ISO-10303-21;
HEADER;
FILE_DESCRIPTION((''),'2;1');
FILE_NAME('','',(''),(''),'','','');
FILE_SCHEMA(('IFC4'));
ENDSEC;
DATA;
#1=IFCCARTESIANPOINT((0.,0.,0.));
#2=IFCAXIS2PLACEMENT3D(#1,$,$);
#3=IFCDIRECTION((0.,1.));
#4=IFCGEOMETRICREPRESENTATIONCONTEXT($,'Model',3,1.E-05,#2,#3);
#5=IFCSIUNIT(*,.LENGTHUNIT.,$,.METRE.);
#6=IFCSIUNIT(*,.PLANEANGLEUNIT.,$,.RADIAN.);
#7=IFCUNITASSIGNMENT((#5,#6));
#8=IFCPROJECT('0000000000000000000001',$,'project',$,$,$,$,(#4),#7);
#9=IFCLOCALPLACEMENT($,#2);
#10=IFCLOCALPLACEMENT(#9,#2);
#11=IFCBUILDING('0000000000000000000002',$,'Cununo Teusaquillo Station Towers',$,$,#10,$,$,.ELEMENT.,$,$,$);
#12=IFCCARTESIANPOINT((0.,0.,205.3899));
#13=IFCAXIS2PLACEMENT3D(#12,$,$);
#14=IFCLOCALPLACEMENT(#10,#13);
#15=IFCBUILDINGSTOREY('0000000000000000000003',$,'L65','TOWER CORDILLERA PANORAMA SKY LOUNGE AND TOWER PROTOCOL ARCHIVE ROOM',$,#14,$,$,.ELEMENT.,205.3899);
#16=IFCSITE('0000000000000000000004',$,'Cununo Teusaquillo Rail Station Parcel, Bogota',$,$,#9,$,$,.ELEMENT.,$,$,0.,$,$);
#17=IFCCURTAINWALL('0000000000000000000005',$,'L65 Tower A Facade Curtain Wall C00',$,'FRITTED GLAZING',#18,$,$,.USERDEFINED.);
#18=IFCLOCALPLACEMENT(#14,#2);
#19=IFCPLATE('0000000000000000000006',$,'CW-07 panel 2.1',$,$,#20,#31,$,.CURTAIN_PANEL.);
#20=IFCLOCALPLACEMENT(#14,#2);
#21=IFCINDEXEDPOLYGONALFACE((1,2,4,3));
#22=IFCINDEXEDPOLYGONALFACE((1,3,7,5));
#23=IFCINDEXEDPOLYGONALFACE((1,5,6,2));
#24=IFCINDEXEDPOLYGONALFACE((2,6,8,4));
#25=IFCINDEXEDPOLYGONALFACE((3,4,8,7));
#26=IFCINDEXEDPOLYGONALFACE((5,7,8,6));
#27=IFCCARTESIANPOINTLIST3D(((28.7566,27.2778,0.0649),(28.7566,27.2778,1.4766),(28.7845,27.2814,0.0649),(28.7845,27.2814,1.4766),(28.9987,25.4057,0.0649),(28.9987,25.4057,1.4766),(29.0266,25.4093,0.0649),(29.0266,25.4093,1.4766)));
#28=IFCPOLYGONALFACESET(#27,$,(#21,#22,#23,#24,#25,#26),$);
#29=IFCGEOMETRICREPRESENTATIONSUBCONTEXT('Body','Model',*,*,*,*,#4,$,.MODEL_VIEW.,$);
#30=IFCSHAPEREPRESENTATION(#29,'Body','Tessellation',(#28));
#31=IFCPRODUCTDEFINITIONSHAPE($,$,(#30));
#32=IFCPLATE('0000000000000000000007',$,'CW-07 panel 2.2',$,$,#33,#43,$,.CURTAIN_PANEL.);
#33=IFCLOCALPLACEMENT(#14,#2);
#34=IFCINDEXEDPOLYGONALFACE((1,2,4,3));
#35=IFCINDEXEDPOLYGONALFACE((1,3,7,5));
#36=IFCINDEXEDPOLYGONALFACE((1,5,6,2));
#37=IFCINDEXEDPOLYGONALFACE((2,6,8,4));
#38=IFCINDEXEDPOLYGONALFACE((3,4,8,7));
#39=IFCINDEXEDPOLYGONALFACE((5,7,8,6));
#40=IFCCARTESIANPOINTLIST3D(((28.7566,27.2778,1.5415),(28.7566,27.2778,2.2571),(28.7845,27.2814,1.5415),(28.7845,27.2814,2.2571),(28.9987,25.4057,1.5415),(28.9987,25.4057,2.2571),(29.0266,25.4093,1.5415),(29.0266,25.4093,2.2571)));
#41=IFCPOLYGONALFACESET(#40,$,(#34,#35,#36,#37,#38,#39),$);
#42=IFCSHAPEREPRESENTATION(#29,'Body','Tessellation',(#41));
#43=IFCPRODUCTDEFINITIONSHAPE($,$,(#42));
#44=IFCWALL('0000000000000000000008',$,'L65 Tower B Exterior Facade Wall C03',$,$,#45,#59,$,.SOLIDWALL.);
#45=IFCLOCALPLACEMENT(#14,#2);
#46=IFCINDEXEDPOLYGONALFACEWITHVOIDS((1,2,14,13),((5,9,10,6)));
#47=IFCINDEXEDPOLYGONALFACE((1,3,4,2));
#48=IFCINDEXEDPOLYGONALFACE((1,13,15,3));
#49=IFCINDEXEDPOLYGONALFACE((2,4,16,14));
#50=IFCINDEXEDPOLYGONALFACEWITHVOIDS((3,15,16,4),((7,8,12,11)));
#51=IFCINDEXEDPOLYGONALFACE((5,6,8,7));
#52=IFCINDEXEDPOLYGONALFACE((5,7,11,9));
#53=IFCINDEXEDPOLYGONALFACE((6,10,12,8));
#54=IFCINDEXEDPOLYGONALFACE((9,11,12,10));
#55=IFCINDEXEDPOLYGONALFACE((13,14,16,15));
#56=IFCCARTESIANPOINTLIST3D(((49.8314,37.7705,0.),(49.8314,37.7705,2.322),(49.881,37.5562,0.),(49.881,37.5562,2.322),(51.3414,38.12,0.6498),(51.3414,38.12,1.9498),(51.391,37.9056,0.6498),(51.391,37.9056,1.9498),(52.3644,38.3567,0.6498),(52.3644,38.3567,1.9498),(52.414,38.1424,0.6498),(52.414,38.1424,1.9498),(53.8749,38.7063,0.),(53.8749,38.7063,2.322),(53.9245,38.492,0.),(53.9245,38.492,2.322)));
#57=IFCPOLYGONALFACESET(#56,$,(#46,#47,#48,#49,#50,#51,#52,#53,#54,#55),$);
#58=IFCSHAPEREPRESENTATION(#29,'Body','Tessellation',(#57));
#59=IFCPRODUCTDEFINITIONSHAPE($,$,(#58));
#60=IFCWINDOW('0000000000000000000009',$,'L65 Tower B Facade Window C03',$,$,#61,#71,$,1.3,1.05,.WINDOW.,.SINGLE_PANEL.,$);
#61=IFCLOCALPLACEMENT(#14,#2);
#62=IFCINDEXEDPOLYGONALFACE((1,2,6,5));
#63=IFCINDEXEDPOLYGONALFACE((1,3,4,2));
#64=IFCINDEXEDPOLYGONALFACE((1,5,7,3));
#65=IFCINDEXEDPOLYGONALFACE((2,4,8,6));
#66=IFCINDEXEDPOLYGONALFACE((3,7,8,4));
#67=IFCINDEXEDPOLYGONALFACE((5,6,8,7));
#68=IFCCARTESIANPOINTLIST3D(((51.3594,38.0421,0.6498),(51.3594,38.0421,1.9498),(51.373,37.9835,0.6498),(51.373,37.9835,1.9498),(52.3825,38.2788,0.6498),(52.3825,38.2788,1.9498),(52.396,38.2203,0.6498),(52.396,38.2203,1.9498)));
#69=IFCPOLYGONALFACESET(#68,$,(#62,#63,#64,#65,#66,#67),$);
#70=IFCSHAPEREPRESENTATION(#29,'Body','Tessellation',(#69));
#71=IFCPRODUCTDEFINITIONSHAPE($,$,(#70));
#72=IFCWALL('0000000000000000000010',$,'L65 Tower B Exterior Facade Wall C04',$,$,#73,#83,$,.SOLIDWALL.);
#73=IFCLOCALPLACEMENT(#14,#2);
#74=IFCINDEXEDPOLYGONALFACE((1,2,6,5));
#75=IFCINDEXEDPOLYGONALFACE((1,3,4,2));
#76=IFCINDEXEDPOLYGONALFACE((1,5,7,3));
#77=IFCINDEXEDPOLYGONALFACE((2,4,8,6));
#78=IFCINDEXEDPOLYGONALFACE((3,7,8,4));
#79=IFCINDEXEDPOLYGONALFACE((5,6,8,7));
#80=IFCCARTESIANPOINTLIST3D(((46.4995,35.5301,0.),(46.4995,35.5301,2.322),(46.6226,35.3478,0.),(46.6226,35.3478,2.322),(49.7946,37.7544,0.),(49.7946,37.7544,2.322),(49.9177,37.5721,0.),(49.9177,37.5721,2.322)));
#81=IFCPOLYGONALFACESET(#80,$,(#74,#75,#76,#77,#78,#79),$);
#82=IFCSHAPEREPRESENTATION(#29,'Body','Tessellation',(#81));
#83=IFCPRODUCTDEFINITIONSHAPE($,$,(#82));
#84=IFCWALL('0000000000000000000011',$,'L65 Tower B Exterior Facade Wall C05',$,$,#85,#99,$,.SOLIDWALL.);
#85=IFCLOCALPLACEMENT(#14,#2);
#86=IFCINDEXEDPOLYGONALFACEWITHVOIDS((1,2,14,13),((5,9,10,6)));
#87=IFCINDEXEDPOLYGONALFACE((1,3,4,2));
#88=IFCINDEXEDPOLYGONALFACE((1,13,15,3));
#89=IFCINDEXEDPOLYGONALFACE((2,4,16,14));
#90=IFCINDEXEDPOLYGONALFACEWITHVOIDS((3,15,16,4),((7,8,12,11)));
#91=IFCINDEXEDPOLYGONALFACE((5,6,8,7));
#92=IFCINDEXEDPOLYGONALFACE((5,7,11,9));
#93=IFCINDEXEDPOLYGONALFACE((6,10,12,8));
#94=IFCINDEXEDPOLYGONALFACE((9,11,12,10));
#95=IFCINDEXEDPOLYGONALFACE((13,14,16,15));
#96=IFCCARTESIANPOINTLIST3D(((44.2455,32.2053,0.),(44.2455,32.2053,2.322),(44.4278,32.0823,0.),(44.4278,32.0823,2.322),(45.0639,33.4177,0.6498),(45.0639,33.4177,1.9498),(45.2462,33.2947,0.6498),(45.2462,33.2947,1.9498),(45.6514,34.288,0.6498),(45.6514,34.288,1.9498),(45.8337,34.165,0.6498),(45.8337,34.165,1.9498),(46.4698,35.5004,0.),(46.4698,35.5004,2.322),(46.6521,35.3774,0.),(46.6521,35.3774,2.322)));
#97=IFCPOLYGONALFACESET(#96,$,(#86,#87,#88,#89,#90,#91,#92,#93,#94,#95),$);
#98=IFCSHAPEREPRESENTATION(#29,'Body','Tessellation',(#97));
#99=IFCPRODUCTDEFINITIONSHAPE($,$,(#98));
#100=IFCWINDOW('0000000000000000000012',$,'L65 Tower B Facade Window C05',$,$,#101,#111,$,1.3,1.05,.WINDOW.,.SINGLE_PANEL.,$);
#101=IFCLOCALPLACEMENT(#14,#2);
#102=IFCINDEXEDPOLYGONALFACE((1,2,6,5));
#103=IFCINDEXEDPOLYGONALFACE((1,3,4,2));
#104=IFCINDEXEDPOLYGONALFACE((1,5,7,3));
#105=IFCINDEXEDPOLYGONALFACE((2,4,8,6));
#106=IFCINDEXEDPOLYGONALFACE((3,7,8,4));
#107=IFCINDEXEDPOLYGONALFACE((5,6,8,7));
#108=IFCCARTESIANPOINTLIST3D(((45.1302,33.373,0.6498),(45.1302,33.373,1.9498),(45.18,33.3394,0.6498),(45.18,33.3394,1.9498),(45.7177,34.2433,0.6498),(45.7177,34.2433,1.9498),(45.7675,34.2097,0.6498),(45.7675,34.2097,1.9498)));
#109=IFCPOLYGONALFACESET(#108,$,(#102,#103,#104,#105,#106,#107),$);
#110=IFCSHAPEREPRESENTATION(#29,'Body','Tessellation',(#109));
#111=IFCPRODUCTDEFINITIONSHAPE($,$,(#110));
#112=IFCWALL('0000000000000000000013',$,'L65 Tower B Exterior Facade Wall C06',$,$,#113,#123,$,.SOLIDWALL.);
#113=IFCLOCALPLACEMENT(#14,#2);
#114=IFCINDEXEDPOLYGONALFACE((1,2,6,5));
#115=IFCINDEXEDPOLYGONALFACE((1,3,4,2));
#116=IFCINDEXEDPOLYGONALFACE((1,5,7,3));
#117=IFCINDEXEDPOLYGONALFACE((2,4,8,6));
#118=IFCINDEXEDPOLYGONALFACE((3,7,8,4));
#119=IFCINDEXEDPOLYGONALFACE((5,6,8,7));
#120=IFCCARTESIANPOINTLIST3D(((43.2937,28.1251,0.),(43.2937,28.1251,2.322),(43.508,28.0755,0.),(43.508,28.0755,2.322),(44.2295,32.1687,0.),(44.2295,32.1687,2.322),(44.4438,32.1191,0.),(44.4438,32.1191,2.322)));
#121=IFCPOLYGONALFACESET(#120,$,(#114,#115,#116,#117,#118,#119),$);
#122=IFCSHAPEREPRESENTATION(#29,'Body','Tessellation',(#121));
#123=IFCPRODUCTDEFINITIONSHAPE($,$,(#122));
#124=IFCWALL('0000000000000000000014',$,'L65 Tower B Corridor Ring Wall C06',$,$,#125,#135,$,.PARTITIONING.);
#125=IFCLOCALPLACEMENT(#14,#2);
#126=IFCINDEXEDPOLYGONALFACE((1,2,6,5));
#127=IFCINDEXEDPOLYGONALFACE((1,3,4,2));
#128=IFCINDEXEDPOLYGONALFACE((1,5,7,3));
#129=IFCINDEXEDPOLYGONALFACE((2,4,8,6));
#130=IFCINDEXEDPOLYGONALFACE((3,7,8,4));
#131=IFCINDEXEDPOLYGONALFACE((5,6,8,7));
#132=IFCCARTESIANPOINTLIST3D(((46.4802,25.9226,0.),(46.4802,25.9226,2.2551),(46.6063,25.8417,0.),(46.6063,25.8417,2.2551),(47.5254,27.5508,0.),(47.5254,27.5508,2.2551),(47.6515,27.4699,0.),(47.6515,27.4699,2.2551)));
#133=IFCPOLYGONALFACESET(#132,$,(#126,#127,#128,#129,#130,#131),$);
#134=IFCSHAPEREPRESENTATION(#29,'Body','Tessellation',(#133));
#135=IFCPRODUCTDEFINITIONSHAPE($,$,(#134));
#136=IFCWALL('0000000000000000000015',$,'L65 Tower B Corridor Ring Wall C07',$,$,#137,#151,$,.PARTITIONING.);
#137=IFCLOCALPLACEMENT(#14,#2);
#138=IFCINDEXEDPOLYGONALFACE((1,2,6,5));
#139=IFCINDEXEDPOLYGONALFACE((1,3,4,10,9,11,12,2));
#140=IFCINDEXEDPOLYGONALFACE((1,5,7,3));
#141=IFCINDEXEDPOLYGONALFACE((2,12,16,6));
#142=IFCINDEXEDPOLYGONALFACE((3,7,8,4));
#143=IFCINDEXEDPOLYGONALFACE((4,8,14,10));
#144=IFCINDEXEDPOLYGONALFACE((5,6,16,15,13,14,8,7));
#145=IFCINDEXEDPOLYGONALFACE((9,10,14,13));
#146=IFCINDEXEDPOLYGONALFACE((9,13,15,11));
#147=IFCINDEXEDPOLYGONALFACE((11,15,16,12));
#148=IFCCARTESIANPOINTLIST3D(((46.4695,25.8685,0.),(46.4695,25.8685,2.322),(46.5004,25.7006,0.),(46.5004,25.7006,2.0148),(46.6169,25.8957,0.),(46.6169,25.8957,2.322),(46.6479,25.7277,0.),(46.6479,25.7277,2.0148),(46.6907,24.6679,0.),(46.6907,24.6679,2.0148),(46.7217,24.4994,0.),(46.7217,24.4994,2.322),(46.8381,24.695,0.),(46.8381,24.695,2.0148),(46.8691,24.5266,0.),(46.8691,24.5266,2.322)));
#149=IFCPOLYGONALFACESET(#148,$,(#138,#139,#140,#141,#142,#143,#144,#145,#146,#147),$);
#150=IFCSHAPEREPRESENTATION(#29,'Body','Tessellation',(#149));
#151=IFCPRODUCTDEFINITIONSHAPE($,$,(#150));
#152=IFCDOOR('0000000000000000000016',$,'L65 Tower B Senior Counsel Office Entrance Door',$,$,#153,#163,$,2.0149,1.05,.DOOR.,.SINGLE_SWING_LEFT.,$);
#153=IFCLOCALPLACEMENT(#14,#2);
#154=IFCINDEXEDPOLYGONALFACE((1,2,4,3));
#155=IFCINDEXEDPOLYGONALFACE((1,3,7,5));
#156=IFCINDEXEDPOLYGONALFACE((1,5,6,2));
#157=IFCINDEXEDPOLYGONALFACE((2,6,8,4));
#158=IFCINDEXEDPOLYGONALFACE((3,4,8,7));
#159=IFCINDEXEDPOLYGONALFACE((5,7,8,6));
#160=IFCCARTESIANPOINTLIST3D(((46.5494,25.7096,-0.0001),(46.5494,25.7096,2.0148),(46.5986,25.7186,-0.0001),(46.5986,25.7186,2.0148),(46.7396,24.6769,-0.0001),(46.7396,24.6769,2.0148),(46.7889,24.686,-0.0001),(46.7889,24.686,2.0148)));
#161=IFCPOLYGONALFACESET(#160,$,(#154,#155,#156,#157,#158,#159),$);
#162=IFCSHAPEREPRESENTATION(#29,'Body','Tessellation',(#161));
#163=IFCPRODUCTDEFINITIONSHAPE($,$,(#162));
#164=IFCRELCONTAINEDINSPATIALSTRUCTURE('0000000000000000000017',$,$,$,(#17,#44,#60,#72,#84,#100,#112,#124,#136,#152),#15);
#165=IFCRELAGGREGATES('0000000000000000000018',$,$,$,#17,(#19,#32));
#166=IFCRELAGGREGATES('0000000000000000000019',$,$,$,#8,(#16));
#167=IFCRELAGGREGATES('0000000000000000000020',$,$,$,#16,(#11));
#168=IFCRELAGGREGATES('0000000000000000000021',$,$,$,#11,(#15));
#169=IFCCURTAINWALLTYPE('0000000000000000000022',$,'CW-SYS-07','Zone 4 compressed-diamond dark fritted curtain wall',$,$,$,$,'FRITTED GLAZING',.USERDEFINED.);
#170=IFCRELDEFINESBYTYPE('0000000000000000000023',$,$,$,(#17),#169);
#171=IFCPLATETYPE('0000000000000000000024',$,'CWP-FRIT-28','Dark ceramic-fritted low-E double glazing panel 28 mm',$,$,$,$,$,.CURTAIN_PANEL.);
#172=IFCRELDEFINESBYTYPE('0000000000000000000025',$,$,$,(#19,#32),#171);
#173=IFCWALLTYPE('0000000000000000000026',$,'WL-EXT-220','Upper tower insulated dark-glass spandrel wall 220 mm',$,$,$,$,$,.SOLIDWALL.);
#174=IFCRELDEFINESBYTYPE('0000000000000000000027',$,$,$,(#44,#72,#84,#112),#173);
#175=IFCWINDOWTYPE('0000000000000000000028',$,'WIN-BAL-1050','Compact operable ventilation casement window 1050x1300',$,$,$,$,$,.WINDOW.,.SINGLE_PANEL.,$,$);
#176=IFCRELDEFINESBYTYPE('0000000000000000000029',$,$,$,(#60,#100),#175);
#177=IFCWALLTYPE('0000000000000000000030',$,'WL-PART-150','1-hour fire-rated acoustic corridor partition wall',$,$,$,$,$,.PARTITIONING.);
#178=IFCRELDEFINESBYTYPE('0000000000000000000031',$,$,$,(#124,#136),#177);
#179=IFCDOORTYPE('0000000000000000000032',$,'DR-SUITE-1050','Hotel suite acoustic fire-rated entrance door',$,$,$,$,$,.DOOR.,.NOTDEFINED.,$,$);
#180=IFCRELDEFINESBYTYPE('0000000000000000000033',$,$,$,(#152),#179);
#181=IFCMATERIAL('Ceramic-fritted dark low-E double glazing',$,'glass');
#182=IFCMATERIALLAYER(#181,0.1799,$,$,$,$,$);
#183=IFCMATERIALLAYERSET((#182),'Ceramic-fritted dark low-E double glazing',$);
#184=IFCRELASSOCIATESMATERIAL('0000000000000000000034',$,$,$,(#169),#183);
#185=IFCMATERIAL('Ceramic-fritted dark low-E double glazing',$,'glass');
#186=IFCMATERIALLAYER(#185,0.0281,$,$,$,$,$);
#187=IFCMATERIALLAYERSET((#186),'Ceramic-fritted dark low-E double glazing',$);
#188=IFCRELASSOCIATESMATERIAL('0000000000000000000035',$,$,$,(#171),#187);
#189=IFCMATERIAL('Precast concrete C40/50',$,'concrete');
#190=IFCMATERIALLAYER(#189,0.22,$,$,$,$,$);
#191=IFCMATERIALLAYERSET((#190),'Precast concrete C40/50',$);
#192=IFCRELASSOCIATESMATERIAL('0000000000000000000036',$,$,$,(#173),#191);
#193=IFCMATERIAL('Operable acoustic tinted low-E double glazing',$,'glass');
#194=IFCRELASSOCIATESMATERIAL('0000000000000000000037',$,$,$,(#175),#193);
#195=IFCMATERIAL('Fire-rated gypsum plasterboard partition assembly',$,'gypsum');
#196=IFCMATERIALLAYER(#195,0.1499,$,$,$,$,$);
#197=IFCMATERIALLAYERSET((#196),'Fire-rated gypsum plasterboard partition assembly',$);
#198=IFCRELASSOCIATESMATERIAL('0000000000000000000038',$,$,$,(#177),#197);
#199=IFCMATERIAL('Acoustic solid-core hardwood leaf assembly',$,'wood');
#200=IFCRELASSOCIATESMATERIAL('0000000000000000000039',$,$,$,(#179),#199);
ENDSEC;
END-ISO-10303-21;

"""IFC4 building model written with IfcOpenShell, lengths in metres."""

from ifc_helpers import new_model, si_unit, direction, frame, frame_2d, origin, origin_2d, place, context, subcontext, project, spatial, rectangle, extrude, source, transform, mapped, material, layer, layer_set, type_object, element, fill, aggregate, save


model = new_model("IFC4")

# Units and contexts
model_context = context("Model", 3, precision=1e-05, world=origin(), true_north=direction((0.0, 1.0)))
body_context = subcontext(model_context, "Body", "Model", "MODEL_VIEW")
ifc_project = project(units=[si_unit("LENGTHUNIT", "METRE"), si_unit("PLANEANGLEUNIT", "RADIAN")], contexts=[model_context])

# Site, building, storey
site_placement = place(None, origin())
site = spatial("IfcSite", under=ifc_project, at=site_placement, Name="Cununo Teusaquillo Rail Station Parcel, Bogota", CompositionType="ELEMENT", RefElevation=0.0)
building_placement = place(site_placement, origin())
building = spatial("IfcBuilding", under=site, at=building_placement, Name="Cununo Teusaquillo Station Towers", CompositionType="ELEMENT")
storey_placement = place(building_placement, frame((0.0, 0.0, 205.3899)))
storey = spatial("IfcBuildingStorey", under=building, at=storey_placement, Name="L65", Description="TOWER CORDILLERA PANORAMA SKY LOUNGE AND TOWER PROTOCOL ARCHIVE ROOM", CompositionType="ELEMENT", Elevation=205.3899)

# Curtain wall
ifc_material_1 = material(Name="Ceramic-fritted dark low-E double glazing", Category="glass")
ifc_layer_1 = layer(ifc_material_1, 0.1799)
ifc_layer_set_1 = layer_set([ifc_layer_1], Name="Ceramic-fritted dark low-E double glazing")
curtain_wall_type = type_object("IfcCurtainWallType", Name="CW-SYS-07", Description="Zone 4 compressed-diamond dark fritted curtain wall", ElementType="FRITTED GLAZING", PredefinedType="USERDEFINED", material=ifc_layer_set_1)
curtain_wall_placement = place(storey_placement, origin())
curtain_wall = element("IfcCurtainWall", 1, at=curtain_wall_placement, inside=storey, type_object=curtain_wall_type, Name="L65 Tower A Facade Curtain Wall C00", ObjectType="FRITTED GLAZING", PredefinedType="USERDEFINED")

# Plates
ifc_material_2 = material(Name="Ceramic-fritted dark low-E double glazing", Category="glass")
ifc_layer_2 = layer(ifc_material_2, 0.0281)
ifc_layer_set_2 = layer_set([ifc_layer_2], Name="Ceramic-fritted dark low-E double glazing")
plate_type = type_object("IfcPlateType", Name="CWP-FRIT-28", Description="Dark ceramic-fritted low-E double glazing panel 28 mm", PredefinedType="CURTAIN_PANEL", material=ifc_layer_set_2)
shared_shape_1 = source(origin(), body_context, "Body", "SweptSolid", [
    extrude(rectangle(XDim=1.8877, YDim=0.0281, at=origin_2d()), origin(), (0.0, 0.0, 1.0), 1.4116),
])
plate_1_placement = place(storey_placement, frame((28.8916, 26.3435, 0.0649), z_axis=(0.0, 0.0, 1.0), x_axis=(0.128253, -0.991742, 0.0)))
plate_1 = element("IfcPlate", 2, at=plate_1_placement, type_object=plate_type, Name="CW-07 panel 2.1", PredefinedType="CURTAIN_PANEL", context=body_context, shape_type="MappedRepresentation", body=[
    mapped(shared_shape_1, transform((0.0, 0.0, 0.0), x_axis=(1.0, 0.0, 0.0), y_axis=(0.0, 1.0, 0.0), z_axis=(0.0, 0.0, 1.0), scale=1.0)),
])
shared_shape_2 = source(origin(), body_context, "Body", "SweptSolid", [
    extrude(rectangle(XDim=1.8877, YDim=0.0281, at=origin_2d()), origin(), (0.0, 0.0, 1.0), 0.7156),
])
plate_2_placement = place(storey_placement, frame((28.8916, 26.3435, 1.5415), z_axis=(0.0, 0.0, 1.0), x_axis=(0.128253, -0.991742, 0.0)))
plate_2 = element("IfcPlate", 3, at=plate_2_placement, type_object=plate_type, Name="CW-07 panel 2.2", PredefinedType="CURTAIN_PANEL", context=body_context, shape_type="MappedRepresentation", body=[
    mapped(shared_shape_2, transform((0.0, 0.0, 0.0), x_axis=(1.0, 0.0, 0.0), y_axis=(0.0, 1.0, 0.0), z_axis=(0.0, 0.0, 1.0), scale=1.0)),
])
aggregate(curtain_wall, [plate_1, plate_2])

# Wall, opening, window
ifc_material_3 = material(Name="Precast concrete C40/50", Category="concrete")
ifc_layer_3 = layer(ifc_material_3, 0.22)
ifc_layer_set_3 = layer_set([ifc_layer_3], Name="Precast concrete C40/50")
wall_type_1 = type_object("IfcWallType", Name="WL-EXT-220", Description="Upper tower insulated dark-glass spandrel wall 220 mm", PredefinedType="SOLIDWALL", material=ifc_layer_set_3)
wall_1_placement = place(storey_placement, frame((49.8562, 37.6633, 0.0), z_axis=(0.0, 0.0, 1.0), x_axis=(0.974249, 0.225474, 0.0)))
wall_1 = element("IfcWall", 4, at=wall_1_placement, inside=storey, type_object=wall_type_1, Name="L65 Tower B Exterior Facade Wall C03", PredefinedType="SOLIDWALL", context=body_context, shape_type="SweptSolid", body=[
    extrude(rectangle(XDim=4.1504, YDim=0.22, at=frame_2d((2.0752, 0.0))), origin(), (0.0, 0.0, 1.0), 2.322),
])
shared_shape_3 = source(origin(), body_context, "Body", "SweptSolid", [
    extrude(rectangle(XDim=1.05, YDim=1.3, at=frame_2d((0.5249, 0.6499))), frame((0.0, 0.1199, 0.0), z_axis=(0.0, -1.0, 0.0), x_axis=(1.0, 0.0, 0.0)), (0.0, 0.0, 1.0), 0.24),
])
opening_1_placement = place(wall_1_placement, frame((1.55, 0.0, 0.6499)))
opening_1 = element("IfcOpeningElement", 5, at=opening_1_placement, cuts=wall_1, PredefinedType="OPENING", context=body_context, shape_type="MappedRepresentation", body=[
    mapped(shared_shape_3, transform((0.0, 0.0, 0.0), x_axis=(1.0, 0.0, 0.0), y_axis=(0.0, 1.0, 0.0), z_axis=(0.0, 0.0, 1.0), scale=1.0)),
])
ifc_material_4 = material(Name="Operable acoustic tinted low-E double glazing", Category="glass")
window_type = type_object("IfcWindowType", Name="WIN-BAL-1050", Description="Compact operable ventilation casement window 1050x1300", PartitioningType="SINGLE_PANEL", PredefinedType="WINDOW", material=ifc_material_4)
shared_shape_4 = source(origin(), body_context, "Body", "SweptSolid", [
    extrude(rectangle(XDim=1.05, YDim=1.3, at=frame_2d((0.5249, 0.6499))), frame((0.0, 0.03, 0.0), z_axis=(0.0, -1.0, 0.0), x_axis=(1.0, 0.0, 0.0)), (0.0, 0.0, 1.0), 0.0601),
])
window_1_placement = place(opening_1_placement, origin())
window_1 = element("IfcWindow", 6, at=window_1_placement, inside=storey, type_object=window_type, Name="L65 Tower B Facade Window C03", OverallHeight=1.3, OverallWidth=1.05, PartitioningType="SINGLE_PANEL", PredefinedType="WINDOW", context=body_context, shape_type="MappedRepresentation", body=[
    mapped(shared_shape_4, transform((0.0, 0.0, 0.0), x_axis=(1.0, 0.0, 0.0), y_axis=(0.0, 1.0, 0.0), z_axis=(0.0, 0.0, 1.0), scale=1.0)),
])
fill(opening_1, window_1)

# Wall
wall_2_placement = place(storey_placement, frame((46.561, 35.439, 0.0), z_axis=(0.0, 0.0, 1.0), x_axis=(0.828834, 0.559495, 0.0)))
element("IfcWall", 7, at=wall_2_placement, inside=storey, type_object=wall_type_1, Name="L65 Tower B Exterior Facade Wall C04", PredefinedType="SOLIDWALL", context=body_context, shape_type="SweptSolid", body=[
    extrude(rectangle(XDim=3.9756, YDim=0.22, at=frame_2d((1.9878, 0.0))), origin(), (0.0, 0.0, 1.0), 2.322),
])

# Wall, opening, window
wall_3_placement = place(storey_placement, frame((44.3367, 32.1438, 0.0), z_axis=(0.0, 0.0, 1.0), x_axis=(0.559495, 0.828834, 0.0)))
wall_3 = element("IfcWall", 8, at=wall_3_placement, inside=storey, type_object=wall_type_1, Name="L65 Tower B Exterior Facade Wall C05", PredefinedType="SOLIDWALL", context=body_context, shape_type="SweptSolid", body=[
    extrude(rectangle(XDim=3.9756, YDim=0.22, at=frame_2d((1.9878, 0.0))), origin(), (0.0, 0.0, 1.0), 2.322),
])
opening_2_placement = place(wall_3_placement, frame((1.4629, 0.0, 0.6499)))
opening_2 = element("IfcOpeningElement", 9, at=opening_2_placement, cuts=wall_3, PredefinedType="OPENING", context=body_context, shape_type="MappedRepresentation", body=[
    mapped(shared_shape_3, transform((0.0, 0.0, 0.0), x_axis=(1.0, 0.0, 0.0), y_axis=(0.0, 1.0, 0.0), z_axis=(0.0, 0.0, 1.0), scale=1.0)),
])
window_2_placement = place(opening_2_placement, origin())
window_2 = element("IfcWindow", 10, at=window_2_placement, inside=storey, type_object=window_type, Name="L65 Tower B Facade Window C05", OverallHeight=1.3, OverallWidth=1.05, PartitioningType="SINGLE_PANEL", PredefinedType="WINDOW", context=body_context, shape_type="MappedRepresentation", body=[
    mapped(shared_shape_4, transform((0.0, 0.0, 0.0), x_axis=(1.0, 0.0, 0.0), y_axis=(0.0, 1.0, 0.0), z_axis=(0.0, 0.0, 1.0), scale=1.0)),
])
fill(opening_2, window_2)

# Walls
wall_4_placement = place(storey_placement, frame((43.4009, 28.1003, 0.0), z_axis=(0.0, 0.0, 1.0), x_axis=(0.225474, 0.974249, 0.0)))
element("IfcWall", 11, at=wall_4_placement, inside=storey, type_object=wall_type_1, Name="L65 Tower B Exterior Facade Wall C06", PredefinedType="SOLIDWALL", context=body_context, shape_type="SweptSolid", body=[
    extrude(rectangle(XDim=4.1504, YDim=0.22, at=frame_2d((2.0752, 0.0))), origin(), (0.0, 0.0, 1.0), 2.322),
])
ifc_material_5 = material(Name="Fire-rated gypsum plasterboard partition assembly", Category="gypsum")
ifc_layer_4 = layer(ifc_material_5, 0.1499)
ifc_layer_set_4 = layer_set([ifc_layer_4], Name="Fire-rated gypsum plasterboard partition assembly")
wall_type_2 = type_object("IfcWallType", Name="WL-PART-150", Description="1-hour fire-rated acoustic corridor partition wall", PredefinedType="PARTITIONING", material=ifc_layer_set_4)
wall_5_placement = place(storey_placement, frame((47.5884, 27.5103, 0.0), z_axis=(0.0, 0.0, 1.0), x_axis=(-0.540203, -0.841535, 0.0)))
element("IfcWall", 12, at=wall_5_placement, inside=storey, type_object=wall_type_2, Name="L65 Tower B Corridor Ring Wall C06", PredefinedType="PARTITIONING", context=body_context, shape_type="SweptSolid", body=[
    extrude(rectangle(XDim=1.9348, YDim=0.1499, at=frame_2d((0.9673, 0.0))), origin(), (0.0, 0.0, 1.0), 2.2551),
])

# Wall, opening, door
wall_6_placement = place(storey_placement, frame((46.5432, 25.8821, 0.0), z_axis=(0.0, 0.0, 1.0), x_axis=(0.181154, -0.983455, 0.0)))
wall_6 = element("IfcWall", 13, at=wall_6_placement, inside=storey, type_object=wall_type_2, Name="L65 Tower B Corridor Ring Wall C07", PredefinedType="PARTITIONING", context=body_context, shape_type="SweptSolid", body=[
    extrude(rectangle(XDim=1.3921, YDim=0.1499, at=frame_2d((0.696, 0.0))), origin(), (0.0, 0.0, 1.0), 2.322),
])
shared_shape_5 = source(origin(), body_context, "Body", "SweptSolid", [
    extrude(rectangle(XDim=1.05, YDim=2.0149, at=frame_2d((0.5249, 1.0073))), frame((0.0, 0.085, 0.0), z_axis=(0.0, -1.0, 0.0), x_axis=(1.0, 0.0, 0.0)), (0.0, 0.0, 1.0), 0.1699),
])
opening_3_placement = place(wall_6_placement, frame((0.1709, 0.0, 0.0)))
opening_3 = element("IfcOpeningElement", 14, at=opening_3_placement, cuts=wall_6, PredefinedType="OPENING", context=body_context, shape_type="MappedRepresentation", body=[
    mapped(shared_shape_5, transform((0.0, 0.0, 0.0), x_axis=(1.0, 0.0, 0.0), y_axis=(0.0, 1.0, 0.0), z_axis=(0.0, 0.0, 1.0), scale=1.0)),
])
ifc_material_6 = material(Name="Acoustic solid-core hardwood leaf assembly", Category="wood")
door_type = type_object("IfcDoorType", Name="DR-SUITE-1050", Description="Hotel suite acoustic fire-rated entrance door", OperationType="NOTDEFINED", PredefinedType="DOOR", material=ifc_material_6)
shared_shape_6 = source(origin(), body_context, "Body", "SweptSolid", [
    extrude(rectangle(XDim=1.05, YDim=2.0149, at=frame_2d((0.5249, 1.0073))), frame((0.0, 0.0249, 0.0), z_axis=(0.0, -1.0, 0.0), x_axis=(1.0, 0.0, 0.0)), (0.0, 0.0, 1.0), 0.05),
])
door_placement = place(opening_3_placement, origin())
door = element("IfcDoor", 15, at=door_placement, inside=storey, type_object=door_type, Name="L65 Tower B Senior Counsel Office Entrance Door", OperationType="SINGLE_SWING_LEFT", OverallHeight=2.0149, OverallWidth=1.05, PredefinedType="DOOR", context=body_context, shape_type="MappedRepresentation", body=[
    mapped(shared_shape_6, transform((0.0, 0.0, 0.0), x_axis=(1.0, 0.0, 0.0), y_axis=(0.0, 1.0, 0.0), z_axis=(0.0, 0.0, 1.0), scale=1.0)),
])
fill(opening_3, door)

save(model, "model.ifc")
